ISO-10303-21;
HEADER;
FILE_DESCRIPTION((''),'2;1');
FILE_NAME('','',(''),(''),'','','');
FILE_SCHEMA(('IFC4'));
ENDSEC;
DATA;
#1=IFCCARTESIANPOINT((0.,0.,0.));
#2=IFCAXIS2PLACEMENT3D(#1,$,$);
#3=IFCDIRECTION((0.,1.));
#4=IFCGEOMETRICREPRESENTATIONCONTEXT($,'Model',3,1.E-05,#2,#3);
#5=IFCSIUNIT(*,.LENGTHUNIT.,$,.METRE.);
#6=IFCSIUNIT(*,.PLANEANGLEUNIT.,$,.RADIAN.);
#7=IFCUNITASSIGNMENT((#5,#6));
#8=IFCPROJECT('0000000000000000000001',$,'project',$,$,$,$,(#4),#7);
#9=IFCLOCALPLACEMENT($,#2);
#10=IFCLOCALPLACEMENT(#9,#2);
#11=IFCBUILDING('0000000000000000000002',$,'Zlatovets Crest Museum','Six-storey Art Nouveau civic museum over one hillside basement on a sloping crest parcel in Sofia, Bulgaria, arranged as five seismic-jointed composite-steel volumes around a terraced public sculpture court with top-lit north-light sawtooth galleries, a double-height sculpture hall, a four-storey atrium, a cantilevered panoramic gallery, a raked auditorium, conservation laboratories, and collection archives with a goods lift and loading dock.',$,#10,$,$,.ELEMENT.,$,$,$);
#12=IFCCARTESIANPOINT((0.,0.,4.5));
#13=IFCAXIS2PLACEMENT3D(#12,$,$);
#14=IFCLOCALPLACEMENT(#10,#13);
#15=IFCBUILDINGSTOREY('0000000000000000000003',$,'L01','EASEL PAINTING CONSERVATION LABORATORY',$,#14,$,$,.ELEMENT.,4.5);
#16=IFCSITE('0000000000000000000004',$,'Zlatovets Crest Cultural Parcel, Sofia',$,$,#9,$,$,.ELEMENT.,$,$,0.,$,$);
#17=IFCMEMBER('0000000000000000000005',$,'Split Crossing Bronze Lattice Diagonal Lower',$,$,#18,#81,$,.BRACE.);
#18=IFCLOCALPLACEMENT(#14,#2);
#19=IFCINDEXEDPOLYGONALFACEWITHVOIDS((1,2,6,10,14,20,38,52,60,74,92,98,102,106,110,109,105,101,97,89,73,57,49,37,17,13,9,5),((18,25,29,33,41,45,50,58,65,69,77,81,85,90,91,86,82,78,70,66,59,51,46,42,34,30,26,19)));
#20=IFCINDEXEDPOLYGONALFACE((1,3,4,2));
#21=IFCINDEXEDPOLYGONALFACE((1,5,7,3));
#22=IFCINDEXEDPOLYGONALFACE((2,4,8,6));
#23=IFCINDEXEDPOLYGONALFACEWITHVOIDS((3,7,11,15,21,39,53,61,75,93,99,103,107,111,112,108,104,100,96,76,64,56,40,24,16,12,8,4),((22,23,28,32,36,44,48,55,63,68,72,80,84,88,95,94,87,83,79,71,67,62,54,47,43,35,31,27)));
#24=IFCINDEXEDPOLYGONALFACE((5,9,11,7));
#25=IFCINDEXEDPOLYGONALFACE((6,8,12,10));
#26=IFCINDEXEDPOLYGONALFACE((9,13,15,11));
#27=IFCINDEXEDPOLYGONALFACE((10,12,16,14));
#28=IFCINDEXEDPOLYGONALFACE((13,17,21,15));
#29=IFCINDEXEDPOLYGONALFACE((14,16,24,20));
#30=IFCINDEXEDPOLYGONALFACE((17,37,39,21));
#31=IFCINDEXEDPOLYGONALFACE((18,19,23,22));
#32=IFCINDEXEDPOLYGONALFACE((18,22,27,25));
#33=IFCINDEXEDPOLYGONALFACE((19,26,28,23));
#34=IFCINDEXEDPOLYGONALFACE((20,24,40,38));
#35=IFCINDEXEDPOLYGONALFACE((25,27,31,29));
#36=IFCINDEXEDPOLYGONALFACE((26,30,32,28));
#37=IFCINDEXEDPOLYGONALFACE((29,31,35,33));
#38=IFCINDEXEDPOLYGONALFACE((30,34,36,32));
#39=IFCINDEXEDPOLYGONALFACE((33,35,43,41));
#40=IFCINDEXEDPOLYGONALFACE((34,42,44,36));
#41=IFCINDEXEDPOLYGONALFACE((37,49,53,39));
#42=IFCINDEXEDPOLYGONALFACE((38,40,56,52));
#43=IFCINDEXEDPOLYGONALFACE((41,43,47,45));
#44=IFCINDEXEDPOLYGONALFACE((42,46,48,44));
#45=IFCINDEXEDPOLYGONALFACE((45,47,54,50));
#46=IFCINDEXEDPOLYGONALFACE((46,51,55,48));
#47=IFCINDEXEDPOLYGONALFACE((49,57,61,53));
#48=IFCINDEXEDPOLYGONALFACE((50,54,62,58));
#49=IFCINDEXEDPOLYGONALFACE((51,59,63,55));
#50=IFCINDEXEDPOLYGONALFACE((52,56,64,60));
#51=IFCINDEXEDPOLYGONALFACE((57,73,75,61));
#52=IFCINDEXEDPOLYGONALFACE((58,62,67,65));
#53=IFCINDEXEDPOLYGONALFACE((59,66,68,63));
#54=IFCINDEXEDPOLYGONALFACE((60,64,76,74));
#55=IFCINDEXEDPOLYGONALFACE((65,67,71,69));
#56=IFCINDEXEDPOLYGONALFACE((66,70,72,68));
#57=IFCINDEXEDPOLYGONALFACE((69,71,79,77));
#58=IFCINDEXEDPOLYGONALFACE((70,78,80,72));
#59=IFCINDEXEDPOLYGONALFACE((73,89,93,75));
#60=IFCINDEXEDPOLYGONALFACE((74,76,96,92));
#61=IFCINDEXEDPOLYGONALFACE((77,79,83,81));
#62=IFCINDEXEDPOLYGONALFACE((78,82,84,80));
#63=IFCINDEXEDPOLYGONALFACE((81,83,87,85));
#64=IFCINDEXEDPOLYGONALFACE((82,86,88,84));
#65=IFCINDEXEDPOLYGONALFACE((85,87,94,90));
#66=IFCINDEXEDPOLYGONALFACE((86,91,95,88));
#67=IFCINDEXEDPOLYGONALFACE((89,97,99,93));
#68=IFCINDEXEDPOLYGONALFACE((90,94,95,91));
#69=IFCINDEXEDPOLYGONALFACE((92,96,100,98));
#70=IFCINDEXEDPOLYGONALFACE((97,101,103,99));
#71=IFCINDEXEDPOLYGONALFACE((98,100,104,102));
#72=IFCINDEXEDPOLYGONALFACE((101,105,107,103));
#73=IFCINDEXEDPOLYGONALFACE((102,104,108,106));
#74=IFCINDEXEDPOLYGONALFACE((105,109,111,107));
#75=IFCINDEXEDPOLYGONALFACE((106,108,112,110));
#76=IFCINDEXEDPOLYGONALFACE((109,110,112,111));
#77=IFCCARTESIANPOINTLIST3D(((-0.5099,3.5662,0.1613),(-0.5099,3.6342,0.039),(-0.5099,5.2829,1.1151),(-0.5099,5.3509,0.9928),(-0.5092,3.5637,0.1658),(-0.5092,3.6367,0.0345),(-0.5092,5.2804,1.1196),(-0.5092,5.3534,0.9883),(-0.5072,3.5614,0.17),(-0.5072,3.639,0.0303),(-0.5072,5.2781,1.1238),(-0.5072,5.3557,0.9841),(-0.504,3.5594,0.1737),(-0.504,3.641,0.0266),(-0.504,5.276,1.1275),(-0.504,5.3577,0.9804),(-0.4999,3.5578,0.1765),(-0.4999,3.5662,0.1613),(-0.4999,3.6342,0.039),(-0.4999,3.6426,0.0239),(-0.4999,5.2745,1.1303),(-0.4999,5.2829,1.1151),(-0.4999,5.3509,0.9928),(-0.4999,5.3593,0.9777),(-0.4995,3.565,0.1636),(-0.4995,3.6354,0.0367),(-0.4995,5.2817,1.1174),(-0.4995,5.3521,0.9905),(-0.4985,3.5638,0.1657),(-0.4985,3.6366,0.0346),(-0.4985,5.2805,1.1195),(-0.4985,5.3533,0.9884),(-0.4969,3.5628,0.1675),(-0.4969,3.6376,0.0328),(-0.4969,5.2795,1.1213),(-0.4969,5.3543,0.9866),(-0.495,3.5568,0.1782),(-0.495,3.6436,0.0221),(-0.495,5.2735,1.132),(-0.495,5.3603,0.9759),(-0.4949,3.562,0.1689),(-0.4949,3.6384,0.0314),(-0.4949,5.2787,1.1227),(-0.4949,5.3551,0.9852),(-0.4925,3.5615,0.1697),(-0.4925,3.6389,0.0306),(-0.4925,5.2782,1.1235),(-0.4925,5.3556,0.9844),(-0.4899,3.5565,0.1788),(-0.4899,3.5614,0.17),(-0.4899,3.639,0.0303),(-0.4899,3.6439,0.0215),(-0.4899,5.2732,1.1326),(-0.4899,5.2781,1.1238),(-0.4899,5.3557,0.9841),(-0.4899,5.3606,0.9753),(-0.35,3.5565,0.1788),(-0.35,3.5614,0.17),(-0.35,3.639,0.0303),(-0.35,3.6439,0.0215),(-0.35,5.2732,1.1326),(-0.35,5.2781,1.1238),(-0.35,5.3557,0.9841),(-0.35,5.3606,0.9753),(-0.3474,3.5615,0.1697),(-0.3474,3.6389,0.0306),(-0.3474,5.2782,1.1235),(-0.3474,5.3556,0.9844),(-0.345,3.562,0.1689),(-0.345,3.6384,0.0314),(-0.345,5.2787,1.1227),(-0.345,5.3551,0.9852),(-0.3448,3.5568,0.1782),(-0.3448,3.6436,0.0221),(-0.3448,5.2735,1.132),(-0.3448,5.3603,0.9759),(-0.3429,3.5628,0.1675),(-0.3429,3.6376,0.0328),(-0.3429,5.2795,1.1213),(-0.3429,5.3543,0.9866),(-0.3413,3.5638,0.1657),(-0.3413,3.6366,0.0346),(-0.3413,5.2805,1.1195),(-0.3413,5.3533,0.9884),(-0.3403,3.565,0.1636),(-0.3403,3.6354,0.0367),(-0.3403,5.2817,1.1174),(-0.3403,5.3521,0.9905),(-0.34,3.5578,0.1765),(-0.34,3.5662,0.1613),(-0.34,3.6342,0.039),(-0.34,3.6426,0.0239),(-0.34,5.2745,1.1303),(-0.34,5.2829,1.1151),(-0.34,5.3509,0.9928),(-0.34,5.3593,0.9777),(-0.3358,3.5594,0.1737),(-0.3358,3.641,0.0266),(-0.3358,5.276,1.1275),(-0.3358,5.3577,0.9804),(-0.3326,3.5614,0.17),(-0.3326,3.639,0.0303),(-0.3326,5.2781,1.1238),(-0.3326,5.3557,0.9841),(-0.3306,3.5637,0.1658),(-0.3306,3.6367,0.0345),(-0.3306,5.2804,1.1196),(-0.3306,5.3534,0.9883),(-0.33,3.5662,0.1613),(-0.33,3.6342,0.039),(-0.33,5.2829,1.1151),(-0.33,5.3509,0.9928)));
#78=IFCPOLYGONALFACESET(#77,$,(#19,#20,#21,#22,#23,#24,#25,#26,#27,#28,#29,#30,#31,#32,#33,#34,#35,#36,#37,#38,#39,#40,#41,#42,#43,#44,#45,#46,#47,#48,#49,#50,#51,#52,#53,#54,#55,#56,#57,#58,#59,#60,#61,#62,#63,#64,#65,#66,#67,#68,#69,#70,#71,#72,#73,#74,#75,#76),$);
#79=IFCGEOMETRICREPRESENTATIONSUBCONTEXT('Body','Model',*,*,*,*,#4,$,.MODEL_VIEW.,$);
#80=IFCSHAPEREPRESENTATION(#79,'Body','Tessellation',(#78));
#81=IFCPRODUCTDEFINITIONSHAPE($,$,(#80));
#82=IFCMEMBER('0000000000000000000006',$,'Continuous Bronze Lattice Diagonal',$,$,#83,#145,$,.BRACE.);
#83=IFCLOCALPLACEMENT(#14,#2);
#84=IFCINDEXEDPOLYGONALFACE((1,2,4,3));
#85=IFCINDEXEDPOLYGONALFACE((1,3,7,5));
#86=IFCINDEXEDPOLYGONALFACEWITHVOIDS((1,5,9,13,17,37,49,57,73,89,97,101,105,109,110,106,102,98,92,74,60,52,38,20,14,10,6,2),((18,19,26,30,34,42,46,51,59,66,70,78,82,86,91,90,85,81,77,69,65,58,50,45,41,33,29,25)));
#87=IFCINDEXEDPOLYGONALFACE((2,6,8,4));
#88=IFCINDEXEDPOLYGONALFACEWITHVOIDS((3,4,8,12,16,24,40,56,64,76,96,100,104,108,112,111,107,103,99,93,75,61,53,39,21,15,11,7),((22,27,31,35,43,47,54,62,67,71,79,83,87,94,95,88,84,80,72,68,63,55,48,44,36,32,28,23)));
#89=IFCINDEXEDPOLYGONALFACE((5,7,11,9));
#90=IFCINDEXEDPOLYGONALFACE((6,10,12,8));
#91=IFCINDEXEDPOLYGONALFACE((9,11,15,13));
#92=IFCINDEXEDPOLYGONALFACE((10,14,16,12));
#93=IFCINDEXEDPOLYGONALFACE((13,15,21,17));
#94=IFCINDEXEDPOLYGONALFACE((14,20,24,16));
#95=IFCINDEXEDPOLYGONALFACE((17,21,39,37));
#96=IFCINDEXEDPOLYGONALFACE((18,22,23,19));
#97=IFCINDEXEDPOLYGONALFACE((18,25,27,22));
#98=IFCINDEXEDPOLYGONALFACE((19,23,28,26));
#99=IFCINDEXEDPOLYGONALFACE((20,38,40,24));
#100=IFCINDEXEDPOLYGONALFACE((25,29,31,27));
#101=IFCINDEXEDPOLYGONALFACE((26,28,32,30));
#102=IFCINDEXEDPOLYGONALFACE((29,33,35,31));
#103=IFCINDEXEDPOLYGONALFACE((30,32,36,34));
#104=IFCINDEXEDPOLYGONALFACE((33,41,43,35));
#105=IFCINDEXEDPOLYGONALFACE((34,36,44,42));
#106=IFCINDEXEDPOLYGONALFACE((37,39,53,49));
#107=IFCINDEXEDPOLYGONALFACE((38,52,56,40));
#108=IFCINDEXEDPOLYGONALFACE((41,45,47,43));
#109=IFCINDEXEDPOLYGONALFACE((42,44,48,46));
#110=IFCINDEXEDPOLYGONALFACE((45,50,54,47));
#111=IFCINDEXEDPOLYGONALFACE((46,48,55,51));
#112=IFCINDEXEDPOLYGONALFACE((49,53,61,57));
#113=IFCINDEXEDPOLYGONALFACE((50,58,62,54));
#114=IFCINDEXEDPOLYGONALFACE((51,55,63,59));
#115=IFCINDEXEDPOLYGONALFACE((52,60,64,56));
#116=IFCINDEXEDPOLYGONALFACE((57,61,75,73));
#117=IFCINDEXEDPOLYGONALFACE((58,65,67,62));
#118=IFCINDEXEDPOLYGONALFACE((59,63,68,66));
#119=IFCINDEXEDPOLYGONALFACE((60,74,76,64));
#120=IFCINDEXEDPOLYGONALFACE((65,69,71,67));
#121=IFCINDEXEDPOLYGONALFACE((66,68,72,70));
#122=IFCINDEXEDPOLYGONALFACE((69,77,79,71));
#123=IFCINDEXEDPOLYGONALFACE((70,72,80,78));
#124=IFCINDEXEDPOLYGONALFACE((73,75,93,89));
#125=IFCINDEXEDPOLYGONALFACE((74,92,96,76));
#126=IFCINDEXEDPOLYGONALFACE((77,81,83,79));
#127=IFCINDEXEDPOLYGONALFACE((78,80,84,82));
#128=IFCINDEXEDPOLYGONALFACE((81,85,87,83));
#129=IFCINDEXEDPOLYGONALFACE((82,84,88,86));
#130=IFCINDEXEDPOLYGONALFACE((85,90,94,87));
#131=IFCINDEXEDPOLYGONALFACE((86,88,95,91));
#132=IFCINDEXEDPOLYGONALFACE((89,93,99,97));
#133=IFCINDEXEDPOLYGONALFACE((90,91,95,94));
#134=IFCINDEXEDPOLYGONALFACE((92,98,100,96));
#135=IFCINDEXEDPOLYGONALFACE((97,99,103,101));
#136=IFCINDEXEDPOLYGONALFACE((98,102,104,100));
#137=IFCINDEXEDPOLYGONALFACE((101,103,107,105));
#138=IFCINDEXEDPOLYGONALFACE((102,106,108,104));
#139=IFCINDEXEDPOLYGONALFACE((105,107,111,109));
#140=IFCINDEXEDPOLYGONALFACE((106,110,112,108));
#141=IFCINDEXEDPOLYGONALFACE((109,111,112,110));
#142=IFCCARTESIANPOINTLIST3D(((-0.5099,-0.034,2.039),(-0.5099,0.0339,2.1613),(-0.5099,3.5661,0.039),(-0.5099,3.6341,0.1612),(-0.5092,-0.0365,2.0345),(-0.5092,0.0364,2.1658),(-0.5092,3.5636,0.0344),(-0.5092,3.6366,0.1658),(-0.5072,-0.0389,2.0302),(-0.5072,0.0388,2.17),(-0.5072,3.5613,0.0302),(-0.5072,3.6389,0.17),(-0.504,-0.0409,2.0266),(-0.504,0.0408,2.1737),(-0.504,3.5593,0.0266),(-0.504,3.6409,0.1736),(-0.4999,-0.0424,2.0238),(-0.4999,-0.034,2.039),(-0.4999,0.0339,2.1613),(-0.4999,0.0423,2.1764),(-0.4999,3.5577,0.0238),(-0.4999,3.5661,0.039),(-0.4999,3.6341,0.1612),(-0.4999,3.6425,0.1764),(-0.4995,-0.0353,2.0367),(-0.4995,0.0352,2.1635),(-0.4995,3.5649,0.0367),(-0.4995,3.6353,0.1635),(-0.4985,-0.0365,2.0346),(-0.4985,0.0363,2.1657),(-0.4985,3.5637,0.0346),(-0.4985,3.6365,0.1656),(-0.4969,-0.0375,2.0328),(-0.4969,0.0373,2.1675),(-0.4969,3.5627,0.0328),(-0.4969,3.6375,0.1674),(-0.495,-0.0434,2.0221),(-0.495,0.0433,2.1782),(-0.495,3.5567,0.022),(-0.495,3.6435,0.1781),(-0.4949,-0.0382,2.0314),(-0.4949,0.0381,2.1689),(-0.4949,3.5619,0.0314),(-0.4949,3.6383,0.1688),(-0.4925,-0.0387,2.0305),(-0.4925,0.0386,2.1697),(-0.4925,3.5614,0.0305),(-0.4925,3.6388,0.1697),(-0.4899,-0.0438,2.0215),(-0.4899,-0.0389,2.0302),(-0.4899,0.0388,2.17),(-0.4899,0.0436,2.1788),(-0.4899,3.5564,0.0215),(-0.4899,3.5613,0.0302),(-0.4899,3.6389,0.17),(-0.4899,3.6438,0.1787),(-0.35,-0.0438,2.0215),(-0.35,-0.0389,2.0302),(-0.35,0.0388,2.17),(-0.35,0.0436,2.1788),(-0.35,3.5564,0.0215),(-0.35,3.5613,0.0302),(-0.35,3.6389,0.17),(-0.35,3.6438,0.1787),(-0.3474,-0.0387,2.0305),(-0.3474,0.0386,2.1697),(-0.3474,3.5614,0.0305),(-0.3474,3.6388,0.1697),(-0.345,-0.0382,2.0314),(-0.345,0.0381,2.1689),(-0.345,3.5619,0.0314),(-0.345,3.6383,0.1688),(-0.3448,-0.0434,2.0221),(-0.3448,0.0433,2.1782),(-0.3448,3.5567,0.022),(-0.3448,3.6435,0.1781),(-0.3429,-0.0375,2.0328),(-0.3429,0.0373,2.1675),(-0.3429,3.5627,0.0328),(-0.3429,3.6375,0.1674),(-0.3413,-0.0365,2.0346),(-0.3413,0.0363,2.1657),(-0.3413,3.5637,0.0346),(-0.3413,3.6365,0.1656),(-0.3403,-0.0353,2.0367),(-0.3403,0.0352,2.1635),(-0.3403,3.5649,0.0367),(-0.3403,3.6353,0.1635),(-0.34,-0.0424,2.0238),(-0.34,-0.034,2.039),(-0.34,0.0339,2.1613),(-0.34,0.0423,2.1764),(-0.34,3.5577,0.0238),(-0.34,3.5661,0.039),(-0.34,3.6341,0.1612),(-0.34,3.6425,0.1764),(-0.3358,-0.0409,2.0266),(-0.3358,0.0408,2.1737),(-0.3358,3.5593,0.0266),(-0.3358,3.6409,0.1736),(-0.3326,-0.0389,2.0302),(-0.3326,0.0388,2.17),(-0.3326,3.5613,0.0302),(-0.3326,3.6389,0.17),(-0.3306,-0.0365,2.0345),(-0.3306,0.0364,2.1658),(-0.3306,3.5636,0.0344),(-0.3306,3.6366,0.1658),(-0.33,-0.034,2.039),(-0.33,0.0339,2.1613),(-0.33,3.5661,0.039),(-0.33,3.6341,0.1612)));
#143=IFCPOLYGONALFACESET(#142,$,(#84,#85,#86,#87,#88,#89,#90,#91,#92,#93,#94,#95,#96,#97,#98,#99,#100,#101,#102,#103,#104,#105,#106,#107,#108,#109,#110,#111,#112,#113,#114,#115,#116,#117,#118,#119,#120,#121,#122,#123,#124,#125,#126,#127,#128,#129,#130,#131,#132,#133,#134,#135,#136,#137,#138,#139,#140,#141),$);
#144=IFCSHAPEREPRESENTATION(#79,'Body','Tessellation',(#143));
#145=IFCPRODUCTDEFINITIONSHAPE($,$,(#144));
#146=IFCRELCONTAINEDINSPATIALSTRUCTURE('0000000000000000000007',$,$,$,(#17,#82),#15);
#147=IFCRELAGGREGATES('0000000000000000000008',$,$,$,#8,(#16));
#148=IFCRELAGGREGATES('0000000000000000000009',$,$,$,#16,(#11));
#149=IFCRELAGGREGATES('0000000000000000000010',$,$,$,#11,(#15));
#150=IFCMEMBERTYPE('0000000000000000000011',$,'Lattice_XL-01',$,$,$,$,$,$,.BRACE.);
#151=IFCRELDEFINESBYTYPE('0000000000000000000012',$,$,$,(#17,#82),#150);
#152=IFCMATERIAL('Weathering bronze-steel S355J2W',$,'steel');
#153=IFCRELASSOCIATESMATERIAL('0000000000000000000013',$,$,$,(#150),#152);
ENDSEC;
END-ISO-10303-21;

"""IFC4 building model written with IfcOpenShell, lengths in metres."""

from ifc_helpers import new_model, si_unit, direction, frame, origin, origin_2d, place, context, subcontext, project, spatial, hollow_rectangle, extrude, material, material_profile, profile_set, type_object, element, save


model = new_model("IFC4")

# Units and contexts
model_context = context("Model", 3, precision=1e-05, world=origin(), true_north=direction((0.0, 1.0)))
body_context = subcontext(model_context, "Body", "Model", "MODEL_VIEW")
ifc_project = project(units=[si_unit("LENGTHUNIT", "METRE"), si_unit("PLANEANGLEUNIT", "RADIAN")], contexts=[model_context])

# Site, building, storey
site_placement = place(None, origin())
site = spatial("IfcSite", under=ifc_project, at=site_placement, Name="Zlatovets Crest Cultural Parcel, Sofia", CompositionType="ELEMENT", RefElevation=0.0)
building_placement = place(site_placement, origin())
building = spatial("IfcBuilding", under=site, at=building_placement, Name="Zlatovets Crest Museum", Description="Six-storey Art Nouveau civic museum over one hillside basement on a sloping crest parcel in Sofia, Bulgaria, arranged as five seismic-jointed composite-steel volumes around a terraced public sculpture court with top-lit north-light sawtooth galleries, a double-height sculpture hall, a four-storey atrium, a cantilevered panoramic gallery, a raked auditorium, conservation laboratories, and collection archives with a goods lift and loading dock.", CompositionType="ELEMENT")
storey_placement = place(building_placement, frame((0.0, 0.0, 4.5)))
storey = spatial("IfcBuildingStorey", under=building, at=storey_placement, Name="L01", Description="EASEL PAINTING CONSERVATION LABORATORY", CompositionType="ELEMENT", Elevation=4.5)

# Members
ifc_material_1 = material(Name="Weathering bronze-steel S355J2W", Category="steel")
ifc_material_profile_1 = material_profile(ifc_material_1, hollow_rectangle(XDim=0.1799, YDim=0.1799, WallThickness=0.01, InnerFilletRadius=0.01, OuterFilletRadius=0.02, at=origin_2d()), Name="SHS 180x180x10.0")
ifc_profile_set_1 = profile_set([ifc_material_profile_1], Name="Weathering bronze-steel S355J2W")
member_type_1 = type_object("IfcMemberType", Name="Lattice_XL-01", PredefinedType="BRACE", material=ifc_profile_set_1)
member_1_placement = place(storey_placement, frame((-0.4199, 5.3169, 1.054), z_axis=(0.0, -0.87414, -0.485675), x_axis=(1.0, 0.0, 0.0)))
element("IfcMember", 1, at=member_1_placement, inside=storey, type_object=member_type_1, Name="Split Crossing Bronze Lattice Diagonal Lower", PredefinedType="BRACE", context=body_context, shape_type="SweptSolid", body=[
    extrude(hollow_rectangle(XDim=0.1799, YDim=0.1799, WallThickness=0.01, InnerFilletRadius=0.01, OuterFilletRadius=0.02, at=origin_2d()), origin(), (0.0, 0.0, 1.0), 1.9639),
])
member_2_placement = place(storey_placement, frame((-0.4199, 3.6001, 0.1001), z_axis=(0.0, -0.874163, 0.485633), x_axis=(1.0, 0.0, 0.0)))
element("IfcMember", 2, at=member_2_placement, inside=storey, type_object=member_type_1, Name="Continuous Bronze Lattice Diagonal", PredefinedType="BRACE", context=body_context, shape_type="SweptSolid", body=[
    extrude(hollow_rectangle(XDim=0.1799, YDim=0.1799, WallThickness=0.01, InnerFilletRadius=0.01, OuterFilletRadius=0.02, at=origin_2d()), origin(), (0.0, 0.0, 1.0), 4.1184),
])

save(model, "model.ifc")
